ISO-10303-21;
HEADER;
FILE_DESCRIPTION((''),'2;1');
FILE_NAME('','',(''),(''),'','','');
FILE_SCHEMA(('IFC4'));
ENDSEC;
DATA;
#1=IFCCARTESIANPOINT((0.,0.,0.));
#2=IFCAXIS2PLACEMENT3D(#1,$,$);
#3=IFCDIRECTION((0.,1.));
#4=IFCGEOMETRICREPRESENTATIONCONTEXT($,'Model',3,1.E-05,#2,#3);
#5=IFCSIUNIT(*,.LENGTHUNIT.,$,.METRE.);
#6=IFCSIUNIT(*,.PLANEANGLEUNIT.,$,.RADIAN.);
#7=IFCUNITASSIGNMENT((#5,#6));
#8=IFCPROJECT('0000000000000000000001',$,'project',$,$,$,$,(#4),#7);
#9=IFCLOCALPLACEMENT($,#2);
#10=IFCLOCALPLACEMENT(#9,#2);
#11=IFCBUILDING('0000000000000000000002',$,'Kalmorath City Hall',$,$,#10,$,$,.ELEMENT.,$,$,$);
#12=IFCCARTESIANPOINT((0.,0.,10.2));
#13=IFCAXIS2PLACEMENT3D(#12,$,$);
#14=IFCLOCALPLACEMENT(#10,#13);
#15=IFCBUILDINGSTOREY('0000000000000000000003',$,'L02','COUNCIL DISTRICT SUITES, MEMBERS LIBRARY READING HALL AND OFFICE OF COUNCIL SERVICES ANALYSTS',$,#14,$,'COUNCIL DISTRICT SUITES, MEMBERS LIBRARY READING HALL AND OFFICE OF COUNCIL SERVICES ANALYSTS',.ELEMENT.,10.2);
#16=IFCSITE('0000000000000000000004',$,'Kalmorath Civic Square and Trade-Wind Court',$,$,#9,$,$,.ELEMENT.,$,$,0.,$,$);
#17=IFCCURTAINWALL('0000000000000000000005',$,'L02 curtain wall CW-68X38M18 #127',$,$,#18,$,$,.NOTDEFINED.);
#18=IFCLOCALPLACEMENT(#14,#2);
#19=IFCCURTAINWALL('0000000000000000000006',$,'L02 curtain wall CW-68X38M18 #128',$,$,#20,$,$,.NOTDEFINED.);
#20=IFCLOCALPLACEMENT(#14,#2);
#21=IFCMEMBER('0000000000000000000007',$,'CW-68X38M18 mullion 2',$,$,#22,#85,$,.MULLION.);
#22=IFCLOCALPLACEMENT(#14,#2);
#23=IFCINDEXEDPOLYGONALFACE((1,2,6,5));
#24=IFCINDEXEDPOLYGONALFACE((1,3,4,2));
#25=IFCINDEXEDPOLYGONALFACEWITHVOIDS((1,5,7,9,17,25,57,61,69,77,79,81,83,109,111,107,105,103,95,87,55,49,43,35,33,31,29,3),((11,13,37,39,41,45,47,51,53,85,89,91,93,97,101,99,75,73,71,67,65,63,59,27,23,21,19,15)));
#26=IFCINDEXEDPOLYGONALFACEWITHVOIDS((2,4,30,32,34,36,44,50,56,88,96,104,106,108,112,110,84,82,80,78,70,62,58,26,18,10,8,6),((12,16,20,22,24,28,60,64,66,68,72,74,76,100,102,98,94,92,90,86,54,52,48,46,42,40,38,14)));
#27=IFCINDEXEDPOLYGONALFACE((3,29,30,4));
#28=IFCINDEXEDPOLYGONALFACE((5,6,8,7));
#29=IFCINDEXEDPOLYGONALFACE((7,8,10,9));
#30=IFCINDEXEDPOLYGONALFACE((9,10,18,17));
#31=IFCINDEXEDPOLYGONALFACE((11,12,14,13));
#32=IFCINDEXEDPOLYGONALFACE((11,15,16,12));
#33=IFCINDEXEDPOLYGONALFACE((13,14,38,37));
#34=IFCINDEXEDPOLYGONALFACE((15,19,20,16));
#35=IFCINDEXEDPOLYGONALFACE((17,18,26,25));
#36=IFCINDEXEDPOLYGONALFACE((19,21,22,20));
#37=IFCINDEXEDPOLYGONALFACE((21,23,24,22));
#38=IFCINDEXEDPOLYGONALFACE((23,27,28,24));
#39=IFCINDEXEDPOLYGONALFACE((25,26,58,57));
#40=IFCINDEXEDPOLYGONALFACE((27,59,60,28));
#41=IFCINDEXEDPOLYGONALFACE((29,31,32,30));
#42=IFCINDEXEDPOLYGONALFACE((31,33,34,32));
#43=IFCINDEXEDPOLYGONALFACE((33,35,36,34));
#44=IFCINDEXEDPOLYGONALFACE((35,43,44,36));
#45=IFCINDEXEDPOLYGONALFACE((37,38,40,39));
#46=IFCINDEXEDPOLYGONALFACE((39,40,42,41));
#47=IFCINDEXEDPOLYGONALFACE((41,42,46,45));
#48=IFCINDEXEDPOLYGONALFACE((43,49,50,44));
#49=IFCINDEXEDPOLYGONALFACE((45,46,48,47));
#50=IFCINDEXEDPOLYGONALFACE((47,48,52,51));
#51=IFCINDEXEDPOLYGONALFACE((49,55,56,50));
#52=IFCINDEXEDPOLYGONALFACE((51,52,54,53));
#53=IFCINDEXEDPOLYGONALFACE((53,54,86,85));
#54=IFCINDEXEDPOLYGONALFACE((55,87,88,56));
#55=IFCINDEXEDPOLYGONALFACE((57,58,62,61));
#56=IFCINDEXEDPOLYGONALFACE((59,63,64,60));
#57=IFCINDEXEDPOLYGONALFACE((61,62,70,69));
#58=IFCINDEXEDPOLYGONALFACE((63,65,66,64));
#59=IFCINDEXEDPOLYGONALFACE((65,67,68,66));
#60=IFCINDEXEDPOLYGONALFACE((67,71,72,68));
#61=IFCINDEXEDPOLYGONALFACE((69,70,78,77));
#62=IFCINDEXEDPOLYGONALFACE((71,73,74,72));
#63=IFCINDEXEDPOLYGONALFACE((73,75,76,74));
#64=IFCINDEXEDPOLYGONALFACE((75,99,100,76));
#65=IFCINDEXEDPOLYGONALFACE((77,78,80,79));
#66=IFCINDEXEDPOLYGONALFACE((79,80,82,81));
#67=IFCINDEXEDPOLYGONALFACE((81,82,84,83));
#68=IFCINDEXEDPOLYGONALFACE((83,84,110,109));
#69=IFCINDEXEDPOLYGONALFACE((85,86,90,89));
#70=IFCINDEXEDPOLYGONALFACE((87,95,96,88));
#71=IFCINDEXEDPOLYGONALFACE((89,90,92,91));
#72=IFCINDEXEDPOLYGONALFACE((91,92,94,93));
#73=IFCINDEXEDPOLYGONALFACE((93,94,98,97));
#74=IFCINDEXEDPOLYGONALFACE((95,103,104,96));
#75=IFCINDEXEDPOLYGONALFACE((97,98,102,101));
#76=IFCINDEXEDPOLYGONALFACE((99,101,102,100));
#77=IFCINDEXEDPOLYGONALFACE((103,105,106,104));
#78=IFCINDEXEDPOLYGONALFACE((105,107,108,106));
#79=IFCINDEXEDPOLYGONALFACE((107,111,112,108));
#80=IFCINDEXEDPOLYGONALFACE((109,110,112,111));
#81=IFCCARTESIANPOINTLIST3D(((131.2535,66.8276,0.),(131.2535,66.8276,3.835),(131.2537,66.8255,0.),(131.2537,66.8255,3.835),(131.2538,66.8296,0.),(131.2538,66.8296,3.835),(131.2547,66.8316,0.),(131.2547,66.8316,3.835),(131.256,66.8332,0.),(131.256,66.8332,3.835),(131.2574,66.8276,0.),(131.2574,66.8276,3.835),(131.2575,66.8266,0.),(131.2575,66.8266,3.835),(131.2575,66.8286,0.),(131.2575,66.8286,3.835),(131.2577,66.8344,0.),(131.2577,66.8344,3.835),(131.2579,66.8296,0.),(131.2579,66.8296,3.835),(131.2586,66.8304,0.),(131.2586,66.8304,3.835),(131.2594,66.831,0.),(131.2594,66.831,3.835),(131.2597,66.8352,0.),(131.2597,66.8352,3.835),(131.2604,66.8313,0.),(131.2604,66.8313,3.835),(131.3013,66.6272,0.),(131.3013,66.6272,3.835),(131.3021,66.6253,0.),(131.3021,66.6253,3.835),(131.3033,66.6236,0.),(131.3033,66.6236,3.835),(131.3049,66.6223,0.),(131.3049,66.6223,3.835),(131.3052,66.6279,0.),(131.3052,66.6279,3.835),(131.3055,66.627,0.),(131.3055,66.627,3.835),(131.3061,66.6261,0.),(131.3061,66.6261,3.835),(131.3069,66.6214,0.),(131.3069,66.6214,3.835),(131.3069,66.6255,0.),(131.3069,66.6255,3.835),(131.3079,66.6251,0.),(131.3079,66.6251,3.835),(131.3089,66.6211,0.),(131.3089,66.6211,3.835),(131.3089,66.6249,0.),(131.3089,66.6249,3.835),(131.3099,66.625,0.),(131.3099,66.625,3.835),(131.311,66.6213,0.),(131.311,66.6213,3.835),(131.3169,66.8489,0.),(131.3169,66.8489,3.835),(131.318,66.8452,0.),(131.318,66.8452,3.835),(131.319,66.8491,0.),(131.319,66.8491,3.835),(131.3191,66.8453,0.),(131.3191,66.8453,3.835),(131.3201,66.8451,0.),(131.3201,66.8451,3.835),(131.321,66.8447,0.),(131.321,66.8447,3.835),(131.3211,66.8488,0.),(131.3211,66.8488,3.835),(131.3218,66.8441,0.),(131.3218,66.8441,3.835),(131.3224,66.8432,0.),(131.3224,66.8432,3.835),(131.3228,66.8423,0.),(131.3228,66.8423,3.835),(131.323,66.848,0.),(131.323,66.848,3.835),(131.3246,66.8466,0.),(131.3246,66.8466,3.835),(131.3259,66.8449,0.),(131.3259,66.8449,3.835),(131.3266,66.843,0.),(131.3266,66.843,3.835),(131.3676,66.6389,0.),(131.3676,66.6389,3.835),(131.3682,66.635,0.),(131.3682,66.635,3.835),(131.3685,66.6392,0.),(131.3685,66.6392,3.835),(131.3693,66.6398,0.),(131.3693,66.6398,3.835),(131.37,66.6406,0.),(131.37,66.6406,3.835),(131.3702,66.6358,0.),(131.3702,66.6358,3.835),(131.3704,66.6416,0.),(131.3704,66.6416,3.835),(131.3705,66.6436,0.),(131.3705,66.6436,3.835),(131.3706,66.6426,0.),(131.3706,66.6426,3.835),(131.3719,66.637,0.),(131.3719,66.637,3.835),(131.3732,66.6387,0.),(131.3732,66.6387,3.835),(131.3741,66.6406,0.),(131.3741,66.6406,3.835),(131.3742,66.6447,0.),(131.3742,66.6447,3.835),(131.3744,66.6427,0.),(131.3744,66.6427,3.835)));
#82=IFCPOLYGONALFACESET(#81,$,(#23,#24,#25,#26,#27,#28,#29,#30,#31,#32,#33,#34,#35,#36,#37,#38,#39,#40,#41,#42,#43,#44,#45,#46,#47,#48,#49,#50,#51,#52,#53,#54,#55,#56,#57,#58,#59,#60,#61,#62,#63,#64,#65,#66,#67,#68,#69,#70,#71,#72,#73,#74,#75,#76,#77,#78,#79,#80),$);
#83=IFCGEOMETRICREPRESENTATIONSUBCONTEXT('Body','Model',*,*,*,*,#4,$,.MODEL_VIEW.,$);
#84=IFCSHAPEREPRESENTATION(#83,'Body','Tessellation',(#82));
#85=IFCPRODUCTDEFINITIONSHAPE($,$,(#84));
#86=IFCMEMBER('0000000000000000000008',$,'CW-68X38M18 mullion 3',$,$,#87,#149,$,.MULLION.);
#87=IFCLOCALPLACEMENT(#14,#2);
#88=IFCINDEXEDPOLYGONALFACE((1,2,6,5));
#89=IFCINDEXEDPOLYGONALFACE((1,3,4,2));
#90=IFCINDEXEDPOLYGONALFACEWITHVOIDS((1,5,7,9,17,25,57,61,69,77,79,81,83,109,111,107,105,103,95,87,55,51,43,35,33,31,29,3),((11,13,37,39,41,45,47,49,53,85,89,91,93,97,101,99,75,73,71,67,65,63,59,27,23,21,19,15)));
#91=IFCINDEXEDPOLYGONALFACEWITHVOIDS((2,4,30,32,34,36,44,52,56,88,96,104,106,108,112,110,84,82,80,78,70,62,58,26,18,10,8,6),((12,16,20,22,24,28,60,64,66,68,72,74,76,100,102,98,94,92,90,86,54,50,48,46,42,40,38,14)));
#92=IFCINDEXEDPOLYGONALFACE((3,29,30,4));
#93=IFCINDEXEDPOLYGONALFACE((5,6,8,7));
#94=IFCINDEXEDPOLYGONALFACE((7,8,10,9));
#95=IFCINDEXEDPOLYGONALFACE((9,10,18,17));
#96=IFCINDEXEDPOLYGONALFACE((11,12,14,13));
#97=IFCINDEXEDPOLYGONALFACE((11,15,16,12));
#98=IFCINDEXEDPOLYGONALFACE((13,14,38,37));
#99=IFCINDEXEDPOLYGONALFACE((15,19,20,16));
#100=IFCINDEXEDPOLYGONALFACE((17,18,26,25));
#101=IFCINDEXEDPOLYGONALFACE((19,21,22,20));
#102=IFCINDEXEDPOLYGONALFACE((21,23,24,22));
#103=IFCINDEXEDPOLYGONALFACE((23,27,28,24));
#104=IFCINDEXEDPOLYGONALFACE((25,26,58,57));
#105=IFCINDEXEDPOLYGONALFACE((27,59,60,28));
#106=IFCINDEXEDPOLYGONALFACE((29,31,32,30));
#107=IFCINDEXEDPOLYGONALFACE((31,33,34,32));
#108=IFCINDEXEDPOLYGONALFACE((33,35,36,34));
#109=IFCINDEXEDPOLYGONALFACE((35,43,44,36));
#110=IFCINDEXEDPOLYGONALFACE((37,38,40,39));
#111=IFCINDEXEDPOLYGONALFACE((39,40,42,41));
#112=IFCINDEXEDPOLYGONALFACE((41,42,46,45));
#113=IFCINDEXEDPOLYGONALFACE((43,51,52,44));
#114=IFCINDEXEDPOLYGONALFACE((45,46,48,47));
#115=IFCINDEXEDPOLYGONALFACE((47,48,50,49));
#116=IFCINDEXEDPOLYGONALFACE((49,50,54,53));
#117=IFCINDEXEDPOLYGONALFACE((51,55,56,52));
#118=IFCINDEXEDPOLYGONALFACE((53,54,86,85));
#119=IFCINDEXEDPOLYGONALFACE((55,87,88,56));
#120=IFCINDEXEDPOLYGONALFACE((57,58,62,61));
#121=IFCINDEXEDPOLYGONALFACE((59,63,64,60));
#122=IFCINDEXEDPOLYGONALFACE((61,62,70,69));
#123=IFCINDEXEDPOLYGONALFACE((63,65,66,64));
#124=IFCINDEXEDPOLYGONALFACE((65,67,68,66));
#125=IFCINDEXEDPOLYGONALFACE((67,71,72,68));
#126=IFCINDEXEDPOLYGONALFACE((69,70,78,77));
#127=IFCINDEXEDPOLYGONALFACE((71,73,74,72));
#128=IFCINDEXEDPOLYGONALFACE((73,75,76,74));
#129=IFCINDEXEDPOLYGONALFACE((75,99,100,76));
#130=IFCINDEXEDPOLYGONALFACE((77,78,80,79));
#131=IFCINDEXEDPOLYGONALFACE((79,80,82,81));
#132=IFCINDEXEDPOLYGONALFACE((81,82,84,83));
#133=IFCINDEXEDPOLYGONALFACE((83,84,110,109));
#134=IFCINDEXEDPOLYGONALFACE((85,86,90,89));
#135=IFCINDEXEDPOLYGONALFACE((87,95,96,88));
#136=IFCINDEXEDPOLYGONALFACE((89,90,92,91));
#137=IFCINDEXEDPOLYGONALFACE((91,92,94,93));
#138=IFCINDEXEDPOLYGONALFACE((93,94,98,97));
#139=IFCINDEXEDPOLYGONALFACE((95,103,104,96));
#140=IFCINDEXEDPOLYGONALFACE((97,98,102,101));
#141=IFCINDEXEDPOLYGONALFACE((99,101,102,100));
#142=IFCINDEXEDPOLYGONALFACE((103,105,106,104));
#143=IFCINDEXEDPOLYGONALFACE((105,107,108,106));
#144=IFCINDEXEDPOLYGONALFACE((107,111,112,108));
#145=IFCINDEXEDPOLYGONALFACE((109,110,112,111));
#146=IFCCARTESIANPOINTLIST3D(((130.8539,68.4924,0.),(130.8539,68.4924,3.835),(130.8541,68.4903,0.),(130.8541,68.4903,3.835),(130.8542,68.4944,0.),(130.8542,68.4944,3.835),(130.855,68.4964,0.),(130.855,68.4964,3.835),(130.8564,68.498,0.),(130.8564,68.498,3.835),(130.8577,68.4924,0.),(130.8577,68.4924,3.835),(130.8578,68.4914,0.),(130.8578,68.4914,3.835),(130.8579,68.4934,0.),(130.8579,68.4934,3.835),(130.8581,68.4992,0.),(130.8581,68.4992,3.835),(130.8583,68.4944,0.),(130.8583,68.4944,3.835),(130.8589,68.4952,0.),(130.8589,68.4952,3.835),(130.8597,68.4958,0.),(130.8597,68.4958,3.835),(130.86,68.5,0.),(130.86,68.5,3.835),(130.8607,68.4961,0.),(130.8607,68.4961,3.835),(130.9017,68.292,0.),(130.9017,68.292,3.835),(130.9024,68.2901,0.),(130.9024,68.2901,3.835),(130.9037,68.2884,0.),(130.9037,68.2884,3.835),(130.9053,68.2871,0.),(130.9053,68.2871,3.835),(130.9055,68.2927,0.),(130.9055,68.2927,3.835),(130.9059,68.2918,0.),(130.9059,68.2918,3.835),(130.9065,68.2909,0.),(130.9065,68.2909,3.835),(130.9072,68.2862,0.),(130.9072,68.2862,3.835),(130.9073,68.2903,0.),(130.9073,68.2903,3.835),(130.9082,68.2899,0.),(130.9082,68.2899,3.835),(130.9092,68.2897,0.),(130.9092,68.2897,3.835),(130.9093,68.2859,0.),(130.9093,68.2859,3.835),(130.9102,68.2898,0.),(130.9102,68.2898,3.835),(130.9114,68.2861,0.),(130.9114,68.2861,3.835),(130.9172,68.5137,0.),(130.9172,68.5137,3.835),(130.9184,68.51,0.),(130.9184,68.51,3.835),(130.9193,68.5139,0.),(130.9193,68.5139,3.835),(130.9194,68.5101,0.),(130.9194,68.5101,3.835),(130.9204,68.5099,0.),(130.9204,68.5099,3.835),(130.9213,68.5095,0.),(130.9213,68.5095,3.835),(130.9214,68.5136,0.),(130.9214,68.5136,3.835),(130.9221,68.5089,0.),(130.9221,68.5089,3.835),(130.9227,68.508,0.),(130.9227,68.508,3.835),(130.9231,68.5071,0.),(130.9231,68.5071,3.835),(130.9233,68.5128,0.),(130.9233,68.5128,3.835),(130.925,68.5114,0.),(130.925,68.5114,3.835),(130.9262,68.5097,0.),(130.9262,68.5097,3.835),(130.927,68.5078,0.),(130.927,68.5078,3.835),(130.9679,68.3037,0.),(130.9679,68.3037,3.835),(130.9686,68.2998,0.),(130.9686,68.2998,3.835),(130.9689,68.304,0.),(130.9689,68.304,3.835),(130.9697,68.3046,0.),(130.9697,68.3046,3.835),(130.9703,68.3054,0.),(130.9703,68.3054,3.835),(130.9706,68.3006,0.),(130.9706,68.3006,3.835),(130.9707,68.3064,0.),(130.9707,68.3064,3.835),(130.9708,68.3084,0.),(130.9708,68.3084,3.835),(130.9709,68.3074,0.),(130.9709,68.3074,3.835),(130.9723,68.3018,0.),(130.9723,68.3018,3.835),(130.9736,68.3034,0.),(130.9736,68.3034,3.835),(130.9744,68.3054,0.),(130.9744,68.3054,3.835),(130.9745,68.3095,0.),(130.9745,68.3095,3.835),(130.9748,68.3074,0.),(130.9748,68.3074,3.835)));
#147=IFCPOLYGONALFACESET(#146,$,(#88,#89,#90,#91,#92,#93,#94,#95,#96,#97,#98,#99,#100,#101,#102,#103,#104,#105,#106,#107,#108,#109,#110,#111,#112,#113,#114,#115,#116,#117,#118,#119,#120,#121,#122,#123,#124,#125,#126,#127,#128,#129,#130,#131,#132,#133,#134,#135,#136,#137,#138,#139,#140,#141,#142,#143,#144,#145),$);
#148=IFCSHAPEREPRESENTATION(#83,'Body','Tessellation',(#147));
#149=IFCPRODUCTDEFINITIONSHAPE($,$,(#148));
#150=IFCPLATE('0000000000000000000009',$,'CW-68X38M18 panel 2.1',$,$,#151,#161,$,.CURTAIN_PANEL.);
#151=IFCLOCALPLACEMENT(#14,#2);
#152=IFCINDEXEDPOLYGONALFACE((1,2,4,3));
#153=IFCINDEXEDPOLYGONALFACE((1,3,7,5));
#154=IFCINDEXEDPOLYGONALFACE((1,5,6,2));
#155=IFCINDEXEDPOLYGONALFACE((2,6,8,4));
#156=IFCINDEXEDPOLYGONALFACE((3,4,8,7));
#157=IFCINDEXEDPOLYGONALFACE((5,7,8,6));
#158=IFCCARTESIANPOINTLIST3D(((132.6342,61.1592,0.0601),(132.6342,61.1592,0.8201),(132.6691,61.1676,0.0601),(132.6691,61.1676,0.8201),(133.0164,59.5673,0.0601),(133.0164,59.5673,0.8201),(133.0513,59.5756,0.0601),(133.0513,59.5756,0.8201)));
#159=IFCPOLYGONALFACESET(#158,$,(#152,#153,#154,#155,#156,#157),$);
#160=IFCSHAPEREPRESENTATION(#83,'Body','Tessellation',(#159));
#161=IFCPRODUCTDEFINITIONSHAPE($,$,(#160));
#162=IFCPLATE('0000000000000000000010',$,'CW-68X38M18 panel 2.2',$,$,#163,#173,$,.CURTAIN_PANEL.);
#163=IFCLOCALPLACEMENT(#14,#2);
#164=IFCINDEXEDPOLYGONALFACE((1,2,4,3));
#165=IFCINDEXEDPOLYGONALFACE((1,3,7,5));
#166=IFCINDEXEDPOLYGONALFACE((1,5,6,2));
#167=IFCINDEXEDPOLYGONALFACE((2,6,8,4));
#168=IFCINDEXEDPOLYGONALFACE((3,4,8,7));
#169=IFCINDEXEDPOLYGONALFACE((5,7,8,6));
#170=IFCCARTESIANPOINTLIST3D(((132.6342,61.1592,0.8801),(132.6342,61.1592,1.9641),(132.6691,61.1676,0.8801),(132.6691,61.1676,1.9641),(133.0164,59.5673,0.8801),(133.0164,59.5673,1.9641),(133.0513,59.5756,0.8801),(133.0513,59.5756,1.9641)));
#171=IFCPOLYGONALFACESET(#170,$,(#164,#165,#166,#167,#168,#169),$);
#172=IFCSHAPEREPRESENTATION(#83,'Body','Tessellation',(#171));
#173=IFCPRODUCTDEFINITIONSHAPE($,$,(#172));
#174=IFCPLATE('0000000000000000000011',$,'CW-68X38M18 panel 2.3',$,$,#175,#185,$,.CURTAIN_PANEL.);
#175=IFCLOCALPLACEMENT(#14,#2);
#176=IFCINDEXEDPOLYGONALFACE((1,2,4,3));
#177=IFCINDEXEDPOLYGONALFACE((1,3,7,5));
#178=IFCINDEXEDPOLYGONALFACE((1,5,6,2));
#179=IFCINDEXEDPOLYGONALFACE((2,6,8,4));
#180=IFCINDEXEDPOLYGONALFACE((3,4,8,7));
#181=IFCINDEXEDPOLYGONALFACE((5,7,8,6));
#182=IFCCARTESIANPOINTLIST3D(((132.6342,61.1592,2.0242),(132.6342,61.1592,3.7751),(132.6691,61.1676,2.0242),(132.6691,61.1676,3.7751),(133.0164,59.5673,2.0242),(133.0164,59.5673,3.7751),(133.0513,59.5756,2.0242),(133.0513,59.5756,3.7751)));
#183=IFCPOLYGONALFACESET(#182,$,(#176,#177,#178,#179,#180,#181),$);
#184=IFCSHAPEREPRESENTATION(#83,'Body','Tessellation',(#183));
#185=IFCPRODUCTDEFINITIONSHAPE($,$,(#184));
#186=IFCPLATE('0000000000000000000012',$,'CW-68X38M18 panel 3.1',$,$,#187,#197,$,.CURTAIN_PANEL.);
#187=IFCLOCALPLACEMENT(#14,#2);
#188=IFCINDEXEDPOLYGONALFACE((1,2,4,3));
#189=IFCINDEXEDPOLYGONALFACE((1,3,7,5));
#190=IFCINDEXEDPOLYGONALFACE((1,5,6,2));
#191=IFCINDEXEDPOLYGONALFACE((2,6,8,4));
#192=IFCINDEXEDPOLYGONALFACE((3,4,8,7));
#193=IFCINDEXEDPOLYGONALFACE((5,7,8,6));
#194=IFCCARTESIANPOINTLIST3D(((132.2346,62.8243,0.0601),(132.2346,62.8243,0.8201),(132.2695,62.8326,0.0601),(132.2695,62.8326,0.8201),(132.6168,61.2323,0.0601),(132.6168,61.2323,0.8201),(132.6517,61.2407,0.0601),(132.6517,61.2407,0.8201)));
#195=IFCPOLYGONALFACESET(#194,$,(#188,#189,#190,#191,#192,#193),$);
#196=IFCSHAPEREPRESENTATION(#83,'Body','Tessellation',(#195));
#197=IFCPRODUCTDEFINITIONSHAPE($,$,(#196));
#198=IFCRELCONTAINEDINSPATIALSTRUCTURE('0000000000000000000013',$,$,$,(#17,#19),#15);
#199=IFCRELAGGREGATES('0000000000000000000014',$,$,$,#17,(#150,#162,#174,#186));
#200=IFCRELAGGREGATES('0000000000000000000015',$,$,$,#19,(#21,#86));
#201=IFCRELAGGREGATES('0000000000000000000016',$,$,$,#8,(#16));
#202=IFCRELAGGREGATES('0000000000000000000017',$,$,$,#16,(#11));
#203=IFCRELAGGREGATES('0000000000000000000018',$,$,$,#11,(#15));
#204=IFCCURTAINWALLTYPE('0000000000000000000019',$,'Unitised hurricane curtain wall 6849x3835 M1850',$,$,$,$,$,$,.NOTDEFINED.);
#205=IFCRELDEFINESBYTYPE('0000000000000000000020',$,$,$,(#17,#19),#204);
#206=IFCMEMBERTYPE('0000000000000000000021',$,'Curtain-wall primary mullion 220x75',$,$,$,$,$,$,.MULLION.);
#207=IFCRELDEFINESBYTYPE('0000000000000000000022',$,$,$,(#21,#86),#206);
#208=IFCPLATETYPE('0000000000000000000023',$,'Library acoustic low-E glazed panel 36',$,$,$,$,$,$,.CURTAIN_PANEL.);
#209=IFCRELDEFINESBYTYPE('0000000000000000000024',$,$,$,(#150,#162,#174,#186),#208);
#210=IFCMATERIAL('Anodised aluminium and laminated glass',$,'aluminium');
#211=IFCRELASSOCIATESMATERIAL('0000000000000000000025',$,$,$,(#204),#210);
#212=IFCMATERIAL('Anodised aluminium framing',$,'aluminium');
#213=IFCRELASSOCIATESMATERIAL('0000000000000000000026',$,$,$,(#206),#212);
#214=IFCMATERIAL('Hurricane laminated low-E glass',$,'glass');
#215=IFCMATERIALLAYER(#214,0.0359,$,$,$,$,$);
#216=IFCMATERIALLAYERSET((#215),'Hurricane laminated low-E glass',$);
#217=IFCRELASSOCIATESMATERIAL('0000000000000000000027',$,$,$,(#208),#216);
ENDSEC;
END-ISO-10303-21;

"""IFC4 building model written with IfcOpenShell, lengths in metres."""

from ifc_helpers import new_model, si_unit, direction, frame, origin, origin_2d, place, context, subcontext, project, spatial, rectangle, hollow_rectangle, extrude, material, layer, layer_set, material_profile, profile_set, type_object, element, aggregate, save


model = new_model("IFC4")

# Units and contexts
model_context = context("Model", 3, precision=1e-05, world=origin(), true_north=direction((0.0, 1.0)))
body_context = subcontext(model_context, "Body", "Model", "MODEL_VIEW")
ifc_project = project(units=[si_unit("LENGTHUNIT", "METRE"), si_unit("PLANEANGLEUNIT", "RADIAN")], contexts=[model_context])

# Site, building, storey
site_placement = place(None, origin())
site = spatial("IfcSite", under=ifc_project, at=site_placement, Name="Kalmorath Civic Square and Trade-Wind Court", CompositionType="ELEMENT", RefElevation=0.0)
building_placement = place(site_placement, origin())
building = spatial("IfcBuilding", under=site, at=building_placement, Name="Kalmorath City Hall", CompositionType="ELEMENT")
storey_placement = place(building_placement, frame((0.0, 0.0, 10.2)))
storey = spatial("IfcBuildingStorey", under=building, at=storey_placement, Name="L02", Description="COUNCIL DISTRICT SUITES, MEMBERS LIBRARY READING HALL AND OFFICE OF COUNCIL SERVICES ANALYSTS", LongName="COUNCIL DISTRICT SUITES, MEMBERS LIBRARY READING HALL AND OFFICE OF COUNCIL SERVICES ANALYSTS", CompositionType="ELEMENT", Elevation=10.2)

# Curtain walls
ifc_material_1 = material(Name="Anodised aluminium and laminated glass", Category="aluminium")
curtain_wall_type = type_object("IfcCurtainWallType", Name="Unitised hurricane curtain wall 6849x3835 M1850", PredefinedType="NOTDEFINED", material=ifc_material_1)
curtain_wall_1_placement = place(storey_placement, origin())
curtain_wall_1 = element("IfcCurtainWall", 1, at=curtain_wall_1_placement, inside=storey, type_object=curtain_wall_type, Name="L02 curtain wall CW-68X38M18 #127", PredefinedType="NOTDEFINED")
curtain_wall_2_placement = place(storey_placement, origin())
curtain_wall_2 = element("IfcCurtainWall", 2, at=curtain_wall_2_placement, inside=storey, type_object=curtain_wall_type, Name="L02 curtain wall CW-68X38M18 #128", PredefinedType="NOTDEFINED")

# Members
ifc_material_2 = material(Name="Anodised aluminium framing", Category="aluminium")
ifc_material_profile_1 = material_profile(ifc_material_2, hollow_rectangle(XDim=0.075, YDim=0.22, WallThickness=0.0039, InnerFilletRadius=0.0039, OuterFilletRadius=0.0081, at=origin_2d()), Name="ALU-MUL-220X75X4")
ifc_profile_set_1 = profile_set([ifc_material_profile_1], Name="Anodised aluminium framing")
member_type_1 = type_object("IfcMemberType", Name="Curtain-wall primary mullion 220x75", PredefinedType="MULLION", material=ifc_profile_set_1)
member_1_placement = place(storey_placement, frame((131.314, 66.7351, 0.0), z_axis=(0.0, 0.0, 1.0), x_axis=(-0.972371, -0.233442, 0.0)))
member_1 = element("IfcMember", 3, at=member_1_placement, type_object=member_type_1, Name="CW-68X38M18 mullion 2", PredefinedType="MULLION", context=body_context, shape_type="SweptSolid", body=[
    extrude(hollow_rectangle(XDim=0.075, YDim=0.22, WallThickness=0.0039, InnerFilletRadius=0.0039, OuterFilletRadius=0.0081, at=origin_2d()), origin(), (0.0, 0.0, 1.0), 3.835),
])
member_2_placement = place(storey_placement, frame((130.9143, 68.3999, 0.0), z_axis=(0.0, 0.0, 1.0), x_axis=(-0.972371, -0.233442, 0.0)))
member_2 = element("IfcMember", 4, at=member_2_placement, type_object=member_type_1, Name="CW-68X38M18 mullion 3", PredefinedType="MULLION", context=body_context, shape_type="SweptSolid", body=[
    extrude(hollow_rectangle(XDim=0.075, YDim=0.22, WallThickness=0.0039, InnerFilletRadius=0.0039, OuterFilletRadius=0.0081, at=origin_2d()), origin(), (0.0, 0.0, 1.0), 3.835),
])

# Plates
ifc_material_3 = material(Name="Hurricane laminated low-E glass", Category="glass")
ifc_layer_1 = layer(ifc_material_3, 0.0359)
ifc_layer_set_1 = layer_set([ifc_layer_1], Name="Hurricane laminated low-E glass")
plate_type = type_object("IfcPlateType", Name="Library acoustic low-E glazed panel 36", PredefinedType="CURTAIN_PANEL", material=ifc_layer_set_1)
plate_1_placement = place(storey_placement, frame((132.8428, 60.3674, 0.0601), z_axis=(0.0, 0.0, 1.0), x_axis=(-0.233456, 0.972367, 0.0)))
plate_1 = element("IfcPlate", 5, at=plate_1_placement, type_object=plate_type, Name="CW-68X38M18 panel 2.1", PredefinedType="CURTAIN_PANEL", context=body_context, shape_type="SweptSolid", body=[
    extrude(rectangle(XDim=1.6372, YDim=0.0359, at=origin_2d()), origin(), (0.0, 0.0, 1.0), 0.76),
])
plate_2_placement = place(storey_placement, frame((132.8428, 60.3674, 0.8801), z_axis=(0.0, 0.0, 1.0), x_axis=(-0.233456, 0.972367, 0.0)))
plate_2 = element("IfcPlate", 6, at=plate_2_placement, type_object=plate_type, Name="CW-68X38M18 panel 2.2", PredefinedType="CURTAIN_PANEL", context=body_context, shape_type="SweptSolid", body=[
    extrude(rectangle(XDim=1.6372, YDim=0.0359, at=origin_2d()), origin(), (0.0, 0.0, 1.0), 1.084),
])
plate_3_placement = place(storey_placement, frame((132.8428, 60.3674, 2.0242), z_axis=(0.0, 0.0, 1.0), x_axis=(-0.233456, 0.972367, 0.0)))
plate_3 = element("IfcPlate", 7, at=plate_3_placement, type_object=plate_type, Name="CW-68X38M18 panel 2.3", PredefinedType="CURTAIN_PANEL", context=body_context, shape_type="SweptSolid", body=[
    extrude(rectangle(XDim=1.6372, YDim=0.0359, at=origin_2d()), origin(), (0.0, 0.0, 1.0), 1.751),
])
plate_4_placement = place(storey_placement, frame((132.4431, 62.0325, 0.0601), z_axis=(0.0, 0.0, 1.0), x_axis=(-0.233456, 0.972367, 0.0)))
plate_4 = element("IfcPlate", 8, at=plate_4_placement, type_object=plate_type, Name="CW-68X38M18 panel 3.1", PredefinedType="CURTAIN_PANEL", context=body_context, shape_type="SweptSolid", body=[
    extrude(rectangle(XDim=1.6372, YDim=0.0359, at=origin_2d()), origin(), (0.0, 0.0, 1.0), 0.76),
])
aggregate(curtain_wall_1, [plate_1, plate_2, plate_3, plate_4])
aggregate(curtain_wall_2, [member_1, member_2])

save(model, "model.ifc")
